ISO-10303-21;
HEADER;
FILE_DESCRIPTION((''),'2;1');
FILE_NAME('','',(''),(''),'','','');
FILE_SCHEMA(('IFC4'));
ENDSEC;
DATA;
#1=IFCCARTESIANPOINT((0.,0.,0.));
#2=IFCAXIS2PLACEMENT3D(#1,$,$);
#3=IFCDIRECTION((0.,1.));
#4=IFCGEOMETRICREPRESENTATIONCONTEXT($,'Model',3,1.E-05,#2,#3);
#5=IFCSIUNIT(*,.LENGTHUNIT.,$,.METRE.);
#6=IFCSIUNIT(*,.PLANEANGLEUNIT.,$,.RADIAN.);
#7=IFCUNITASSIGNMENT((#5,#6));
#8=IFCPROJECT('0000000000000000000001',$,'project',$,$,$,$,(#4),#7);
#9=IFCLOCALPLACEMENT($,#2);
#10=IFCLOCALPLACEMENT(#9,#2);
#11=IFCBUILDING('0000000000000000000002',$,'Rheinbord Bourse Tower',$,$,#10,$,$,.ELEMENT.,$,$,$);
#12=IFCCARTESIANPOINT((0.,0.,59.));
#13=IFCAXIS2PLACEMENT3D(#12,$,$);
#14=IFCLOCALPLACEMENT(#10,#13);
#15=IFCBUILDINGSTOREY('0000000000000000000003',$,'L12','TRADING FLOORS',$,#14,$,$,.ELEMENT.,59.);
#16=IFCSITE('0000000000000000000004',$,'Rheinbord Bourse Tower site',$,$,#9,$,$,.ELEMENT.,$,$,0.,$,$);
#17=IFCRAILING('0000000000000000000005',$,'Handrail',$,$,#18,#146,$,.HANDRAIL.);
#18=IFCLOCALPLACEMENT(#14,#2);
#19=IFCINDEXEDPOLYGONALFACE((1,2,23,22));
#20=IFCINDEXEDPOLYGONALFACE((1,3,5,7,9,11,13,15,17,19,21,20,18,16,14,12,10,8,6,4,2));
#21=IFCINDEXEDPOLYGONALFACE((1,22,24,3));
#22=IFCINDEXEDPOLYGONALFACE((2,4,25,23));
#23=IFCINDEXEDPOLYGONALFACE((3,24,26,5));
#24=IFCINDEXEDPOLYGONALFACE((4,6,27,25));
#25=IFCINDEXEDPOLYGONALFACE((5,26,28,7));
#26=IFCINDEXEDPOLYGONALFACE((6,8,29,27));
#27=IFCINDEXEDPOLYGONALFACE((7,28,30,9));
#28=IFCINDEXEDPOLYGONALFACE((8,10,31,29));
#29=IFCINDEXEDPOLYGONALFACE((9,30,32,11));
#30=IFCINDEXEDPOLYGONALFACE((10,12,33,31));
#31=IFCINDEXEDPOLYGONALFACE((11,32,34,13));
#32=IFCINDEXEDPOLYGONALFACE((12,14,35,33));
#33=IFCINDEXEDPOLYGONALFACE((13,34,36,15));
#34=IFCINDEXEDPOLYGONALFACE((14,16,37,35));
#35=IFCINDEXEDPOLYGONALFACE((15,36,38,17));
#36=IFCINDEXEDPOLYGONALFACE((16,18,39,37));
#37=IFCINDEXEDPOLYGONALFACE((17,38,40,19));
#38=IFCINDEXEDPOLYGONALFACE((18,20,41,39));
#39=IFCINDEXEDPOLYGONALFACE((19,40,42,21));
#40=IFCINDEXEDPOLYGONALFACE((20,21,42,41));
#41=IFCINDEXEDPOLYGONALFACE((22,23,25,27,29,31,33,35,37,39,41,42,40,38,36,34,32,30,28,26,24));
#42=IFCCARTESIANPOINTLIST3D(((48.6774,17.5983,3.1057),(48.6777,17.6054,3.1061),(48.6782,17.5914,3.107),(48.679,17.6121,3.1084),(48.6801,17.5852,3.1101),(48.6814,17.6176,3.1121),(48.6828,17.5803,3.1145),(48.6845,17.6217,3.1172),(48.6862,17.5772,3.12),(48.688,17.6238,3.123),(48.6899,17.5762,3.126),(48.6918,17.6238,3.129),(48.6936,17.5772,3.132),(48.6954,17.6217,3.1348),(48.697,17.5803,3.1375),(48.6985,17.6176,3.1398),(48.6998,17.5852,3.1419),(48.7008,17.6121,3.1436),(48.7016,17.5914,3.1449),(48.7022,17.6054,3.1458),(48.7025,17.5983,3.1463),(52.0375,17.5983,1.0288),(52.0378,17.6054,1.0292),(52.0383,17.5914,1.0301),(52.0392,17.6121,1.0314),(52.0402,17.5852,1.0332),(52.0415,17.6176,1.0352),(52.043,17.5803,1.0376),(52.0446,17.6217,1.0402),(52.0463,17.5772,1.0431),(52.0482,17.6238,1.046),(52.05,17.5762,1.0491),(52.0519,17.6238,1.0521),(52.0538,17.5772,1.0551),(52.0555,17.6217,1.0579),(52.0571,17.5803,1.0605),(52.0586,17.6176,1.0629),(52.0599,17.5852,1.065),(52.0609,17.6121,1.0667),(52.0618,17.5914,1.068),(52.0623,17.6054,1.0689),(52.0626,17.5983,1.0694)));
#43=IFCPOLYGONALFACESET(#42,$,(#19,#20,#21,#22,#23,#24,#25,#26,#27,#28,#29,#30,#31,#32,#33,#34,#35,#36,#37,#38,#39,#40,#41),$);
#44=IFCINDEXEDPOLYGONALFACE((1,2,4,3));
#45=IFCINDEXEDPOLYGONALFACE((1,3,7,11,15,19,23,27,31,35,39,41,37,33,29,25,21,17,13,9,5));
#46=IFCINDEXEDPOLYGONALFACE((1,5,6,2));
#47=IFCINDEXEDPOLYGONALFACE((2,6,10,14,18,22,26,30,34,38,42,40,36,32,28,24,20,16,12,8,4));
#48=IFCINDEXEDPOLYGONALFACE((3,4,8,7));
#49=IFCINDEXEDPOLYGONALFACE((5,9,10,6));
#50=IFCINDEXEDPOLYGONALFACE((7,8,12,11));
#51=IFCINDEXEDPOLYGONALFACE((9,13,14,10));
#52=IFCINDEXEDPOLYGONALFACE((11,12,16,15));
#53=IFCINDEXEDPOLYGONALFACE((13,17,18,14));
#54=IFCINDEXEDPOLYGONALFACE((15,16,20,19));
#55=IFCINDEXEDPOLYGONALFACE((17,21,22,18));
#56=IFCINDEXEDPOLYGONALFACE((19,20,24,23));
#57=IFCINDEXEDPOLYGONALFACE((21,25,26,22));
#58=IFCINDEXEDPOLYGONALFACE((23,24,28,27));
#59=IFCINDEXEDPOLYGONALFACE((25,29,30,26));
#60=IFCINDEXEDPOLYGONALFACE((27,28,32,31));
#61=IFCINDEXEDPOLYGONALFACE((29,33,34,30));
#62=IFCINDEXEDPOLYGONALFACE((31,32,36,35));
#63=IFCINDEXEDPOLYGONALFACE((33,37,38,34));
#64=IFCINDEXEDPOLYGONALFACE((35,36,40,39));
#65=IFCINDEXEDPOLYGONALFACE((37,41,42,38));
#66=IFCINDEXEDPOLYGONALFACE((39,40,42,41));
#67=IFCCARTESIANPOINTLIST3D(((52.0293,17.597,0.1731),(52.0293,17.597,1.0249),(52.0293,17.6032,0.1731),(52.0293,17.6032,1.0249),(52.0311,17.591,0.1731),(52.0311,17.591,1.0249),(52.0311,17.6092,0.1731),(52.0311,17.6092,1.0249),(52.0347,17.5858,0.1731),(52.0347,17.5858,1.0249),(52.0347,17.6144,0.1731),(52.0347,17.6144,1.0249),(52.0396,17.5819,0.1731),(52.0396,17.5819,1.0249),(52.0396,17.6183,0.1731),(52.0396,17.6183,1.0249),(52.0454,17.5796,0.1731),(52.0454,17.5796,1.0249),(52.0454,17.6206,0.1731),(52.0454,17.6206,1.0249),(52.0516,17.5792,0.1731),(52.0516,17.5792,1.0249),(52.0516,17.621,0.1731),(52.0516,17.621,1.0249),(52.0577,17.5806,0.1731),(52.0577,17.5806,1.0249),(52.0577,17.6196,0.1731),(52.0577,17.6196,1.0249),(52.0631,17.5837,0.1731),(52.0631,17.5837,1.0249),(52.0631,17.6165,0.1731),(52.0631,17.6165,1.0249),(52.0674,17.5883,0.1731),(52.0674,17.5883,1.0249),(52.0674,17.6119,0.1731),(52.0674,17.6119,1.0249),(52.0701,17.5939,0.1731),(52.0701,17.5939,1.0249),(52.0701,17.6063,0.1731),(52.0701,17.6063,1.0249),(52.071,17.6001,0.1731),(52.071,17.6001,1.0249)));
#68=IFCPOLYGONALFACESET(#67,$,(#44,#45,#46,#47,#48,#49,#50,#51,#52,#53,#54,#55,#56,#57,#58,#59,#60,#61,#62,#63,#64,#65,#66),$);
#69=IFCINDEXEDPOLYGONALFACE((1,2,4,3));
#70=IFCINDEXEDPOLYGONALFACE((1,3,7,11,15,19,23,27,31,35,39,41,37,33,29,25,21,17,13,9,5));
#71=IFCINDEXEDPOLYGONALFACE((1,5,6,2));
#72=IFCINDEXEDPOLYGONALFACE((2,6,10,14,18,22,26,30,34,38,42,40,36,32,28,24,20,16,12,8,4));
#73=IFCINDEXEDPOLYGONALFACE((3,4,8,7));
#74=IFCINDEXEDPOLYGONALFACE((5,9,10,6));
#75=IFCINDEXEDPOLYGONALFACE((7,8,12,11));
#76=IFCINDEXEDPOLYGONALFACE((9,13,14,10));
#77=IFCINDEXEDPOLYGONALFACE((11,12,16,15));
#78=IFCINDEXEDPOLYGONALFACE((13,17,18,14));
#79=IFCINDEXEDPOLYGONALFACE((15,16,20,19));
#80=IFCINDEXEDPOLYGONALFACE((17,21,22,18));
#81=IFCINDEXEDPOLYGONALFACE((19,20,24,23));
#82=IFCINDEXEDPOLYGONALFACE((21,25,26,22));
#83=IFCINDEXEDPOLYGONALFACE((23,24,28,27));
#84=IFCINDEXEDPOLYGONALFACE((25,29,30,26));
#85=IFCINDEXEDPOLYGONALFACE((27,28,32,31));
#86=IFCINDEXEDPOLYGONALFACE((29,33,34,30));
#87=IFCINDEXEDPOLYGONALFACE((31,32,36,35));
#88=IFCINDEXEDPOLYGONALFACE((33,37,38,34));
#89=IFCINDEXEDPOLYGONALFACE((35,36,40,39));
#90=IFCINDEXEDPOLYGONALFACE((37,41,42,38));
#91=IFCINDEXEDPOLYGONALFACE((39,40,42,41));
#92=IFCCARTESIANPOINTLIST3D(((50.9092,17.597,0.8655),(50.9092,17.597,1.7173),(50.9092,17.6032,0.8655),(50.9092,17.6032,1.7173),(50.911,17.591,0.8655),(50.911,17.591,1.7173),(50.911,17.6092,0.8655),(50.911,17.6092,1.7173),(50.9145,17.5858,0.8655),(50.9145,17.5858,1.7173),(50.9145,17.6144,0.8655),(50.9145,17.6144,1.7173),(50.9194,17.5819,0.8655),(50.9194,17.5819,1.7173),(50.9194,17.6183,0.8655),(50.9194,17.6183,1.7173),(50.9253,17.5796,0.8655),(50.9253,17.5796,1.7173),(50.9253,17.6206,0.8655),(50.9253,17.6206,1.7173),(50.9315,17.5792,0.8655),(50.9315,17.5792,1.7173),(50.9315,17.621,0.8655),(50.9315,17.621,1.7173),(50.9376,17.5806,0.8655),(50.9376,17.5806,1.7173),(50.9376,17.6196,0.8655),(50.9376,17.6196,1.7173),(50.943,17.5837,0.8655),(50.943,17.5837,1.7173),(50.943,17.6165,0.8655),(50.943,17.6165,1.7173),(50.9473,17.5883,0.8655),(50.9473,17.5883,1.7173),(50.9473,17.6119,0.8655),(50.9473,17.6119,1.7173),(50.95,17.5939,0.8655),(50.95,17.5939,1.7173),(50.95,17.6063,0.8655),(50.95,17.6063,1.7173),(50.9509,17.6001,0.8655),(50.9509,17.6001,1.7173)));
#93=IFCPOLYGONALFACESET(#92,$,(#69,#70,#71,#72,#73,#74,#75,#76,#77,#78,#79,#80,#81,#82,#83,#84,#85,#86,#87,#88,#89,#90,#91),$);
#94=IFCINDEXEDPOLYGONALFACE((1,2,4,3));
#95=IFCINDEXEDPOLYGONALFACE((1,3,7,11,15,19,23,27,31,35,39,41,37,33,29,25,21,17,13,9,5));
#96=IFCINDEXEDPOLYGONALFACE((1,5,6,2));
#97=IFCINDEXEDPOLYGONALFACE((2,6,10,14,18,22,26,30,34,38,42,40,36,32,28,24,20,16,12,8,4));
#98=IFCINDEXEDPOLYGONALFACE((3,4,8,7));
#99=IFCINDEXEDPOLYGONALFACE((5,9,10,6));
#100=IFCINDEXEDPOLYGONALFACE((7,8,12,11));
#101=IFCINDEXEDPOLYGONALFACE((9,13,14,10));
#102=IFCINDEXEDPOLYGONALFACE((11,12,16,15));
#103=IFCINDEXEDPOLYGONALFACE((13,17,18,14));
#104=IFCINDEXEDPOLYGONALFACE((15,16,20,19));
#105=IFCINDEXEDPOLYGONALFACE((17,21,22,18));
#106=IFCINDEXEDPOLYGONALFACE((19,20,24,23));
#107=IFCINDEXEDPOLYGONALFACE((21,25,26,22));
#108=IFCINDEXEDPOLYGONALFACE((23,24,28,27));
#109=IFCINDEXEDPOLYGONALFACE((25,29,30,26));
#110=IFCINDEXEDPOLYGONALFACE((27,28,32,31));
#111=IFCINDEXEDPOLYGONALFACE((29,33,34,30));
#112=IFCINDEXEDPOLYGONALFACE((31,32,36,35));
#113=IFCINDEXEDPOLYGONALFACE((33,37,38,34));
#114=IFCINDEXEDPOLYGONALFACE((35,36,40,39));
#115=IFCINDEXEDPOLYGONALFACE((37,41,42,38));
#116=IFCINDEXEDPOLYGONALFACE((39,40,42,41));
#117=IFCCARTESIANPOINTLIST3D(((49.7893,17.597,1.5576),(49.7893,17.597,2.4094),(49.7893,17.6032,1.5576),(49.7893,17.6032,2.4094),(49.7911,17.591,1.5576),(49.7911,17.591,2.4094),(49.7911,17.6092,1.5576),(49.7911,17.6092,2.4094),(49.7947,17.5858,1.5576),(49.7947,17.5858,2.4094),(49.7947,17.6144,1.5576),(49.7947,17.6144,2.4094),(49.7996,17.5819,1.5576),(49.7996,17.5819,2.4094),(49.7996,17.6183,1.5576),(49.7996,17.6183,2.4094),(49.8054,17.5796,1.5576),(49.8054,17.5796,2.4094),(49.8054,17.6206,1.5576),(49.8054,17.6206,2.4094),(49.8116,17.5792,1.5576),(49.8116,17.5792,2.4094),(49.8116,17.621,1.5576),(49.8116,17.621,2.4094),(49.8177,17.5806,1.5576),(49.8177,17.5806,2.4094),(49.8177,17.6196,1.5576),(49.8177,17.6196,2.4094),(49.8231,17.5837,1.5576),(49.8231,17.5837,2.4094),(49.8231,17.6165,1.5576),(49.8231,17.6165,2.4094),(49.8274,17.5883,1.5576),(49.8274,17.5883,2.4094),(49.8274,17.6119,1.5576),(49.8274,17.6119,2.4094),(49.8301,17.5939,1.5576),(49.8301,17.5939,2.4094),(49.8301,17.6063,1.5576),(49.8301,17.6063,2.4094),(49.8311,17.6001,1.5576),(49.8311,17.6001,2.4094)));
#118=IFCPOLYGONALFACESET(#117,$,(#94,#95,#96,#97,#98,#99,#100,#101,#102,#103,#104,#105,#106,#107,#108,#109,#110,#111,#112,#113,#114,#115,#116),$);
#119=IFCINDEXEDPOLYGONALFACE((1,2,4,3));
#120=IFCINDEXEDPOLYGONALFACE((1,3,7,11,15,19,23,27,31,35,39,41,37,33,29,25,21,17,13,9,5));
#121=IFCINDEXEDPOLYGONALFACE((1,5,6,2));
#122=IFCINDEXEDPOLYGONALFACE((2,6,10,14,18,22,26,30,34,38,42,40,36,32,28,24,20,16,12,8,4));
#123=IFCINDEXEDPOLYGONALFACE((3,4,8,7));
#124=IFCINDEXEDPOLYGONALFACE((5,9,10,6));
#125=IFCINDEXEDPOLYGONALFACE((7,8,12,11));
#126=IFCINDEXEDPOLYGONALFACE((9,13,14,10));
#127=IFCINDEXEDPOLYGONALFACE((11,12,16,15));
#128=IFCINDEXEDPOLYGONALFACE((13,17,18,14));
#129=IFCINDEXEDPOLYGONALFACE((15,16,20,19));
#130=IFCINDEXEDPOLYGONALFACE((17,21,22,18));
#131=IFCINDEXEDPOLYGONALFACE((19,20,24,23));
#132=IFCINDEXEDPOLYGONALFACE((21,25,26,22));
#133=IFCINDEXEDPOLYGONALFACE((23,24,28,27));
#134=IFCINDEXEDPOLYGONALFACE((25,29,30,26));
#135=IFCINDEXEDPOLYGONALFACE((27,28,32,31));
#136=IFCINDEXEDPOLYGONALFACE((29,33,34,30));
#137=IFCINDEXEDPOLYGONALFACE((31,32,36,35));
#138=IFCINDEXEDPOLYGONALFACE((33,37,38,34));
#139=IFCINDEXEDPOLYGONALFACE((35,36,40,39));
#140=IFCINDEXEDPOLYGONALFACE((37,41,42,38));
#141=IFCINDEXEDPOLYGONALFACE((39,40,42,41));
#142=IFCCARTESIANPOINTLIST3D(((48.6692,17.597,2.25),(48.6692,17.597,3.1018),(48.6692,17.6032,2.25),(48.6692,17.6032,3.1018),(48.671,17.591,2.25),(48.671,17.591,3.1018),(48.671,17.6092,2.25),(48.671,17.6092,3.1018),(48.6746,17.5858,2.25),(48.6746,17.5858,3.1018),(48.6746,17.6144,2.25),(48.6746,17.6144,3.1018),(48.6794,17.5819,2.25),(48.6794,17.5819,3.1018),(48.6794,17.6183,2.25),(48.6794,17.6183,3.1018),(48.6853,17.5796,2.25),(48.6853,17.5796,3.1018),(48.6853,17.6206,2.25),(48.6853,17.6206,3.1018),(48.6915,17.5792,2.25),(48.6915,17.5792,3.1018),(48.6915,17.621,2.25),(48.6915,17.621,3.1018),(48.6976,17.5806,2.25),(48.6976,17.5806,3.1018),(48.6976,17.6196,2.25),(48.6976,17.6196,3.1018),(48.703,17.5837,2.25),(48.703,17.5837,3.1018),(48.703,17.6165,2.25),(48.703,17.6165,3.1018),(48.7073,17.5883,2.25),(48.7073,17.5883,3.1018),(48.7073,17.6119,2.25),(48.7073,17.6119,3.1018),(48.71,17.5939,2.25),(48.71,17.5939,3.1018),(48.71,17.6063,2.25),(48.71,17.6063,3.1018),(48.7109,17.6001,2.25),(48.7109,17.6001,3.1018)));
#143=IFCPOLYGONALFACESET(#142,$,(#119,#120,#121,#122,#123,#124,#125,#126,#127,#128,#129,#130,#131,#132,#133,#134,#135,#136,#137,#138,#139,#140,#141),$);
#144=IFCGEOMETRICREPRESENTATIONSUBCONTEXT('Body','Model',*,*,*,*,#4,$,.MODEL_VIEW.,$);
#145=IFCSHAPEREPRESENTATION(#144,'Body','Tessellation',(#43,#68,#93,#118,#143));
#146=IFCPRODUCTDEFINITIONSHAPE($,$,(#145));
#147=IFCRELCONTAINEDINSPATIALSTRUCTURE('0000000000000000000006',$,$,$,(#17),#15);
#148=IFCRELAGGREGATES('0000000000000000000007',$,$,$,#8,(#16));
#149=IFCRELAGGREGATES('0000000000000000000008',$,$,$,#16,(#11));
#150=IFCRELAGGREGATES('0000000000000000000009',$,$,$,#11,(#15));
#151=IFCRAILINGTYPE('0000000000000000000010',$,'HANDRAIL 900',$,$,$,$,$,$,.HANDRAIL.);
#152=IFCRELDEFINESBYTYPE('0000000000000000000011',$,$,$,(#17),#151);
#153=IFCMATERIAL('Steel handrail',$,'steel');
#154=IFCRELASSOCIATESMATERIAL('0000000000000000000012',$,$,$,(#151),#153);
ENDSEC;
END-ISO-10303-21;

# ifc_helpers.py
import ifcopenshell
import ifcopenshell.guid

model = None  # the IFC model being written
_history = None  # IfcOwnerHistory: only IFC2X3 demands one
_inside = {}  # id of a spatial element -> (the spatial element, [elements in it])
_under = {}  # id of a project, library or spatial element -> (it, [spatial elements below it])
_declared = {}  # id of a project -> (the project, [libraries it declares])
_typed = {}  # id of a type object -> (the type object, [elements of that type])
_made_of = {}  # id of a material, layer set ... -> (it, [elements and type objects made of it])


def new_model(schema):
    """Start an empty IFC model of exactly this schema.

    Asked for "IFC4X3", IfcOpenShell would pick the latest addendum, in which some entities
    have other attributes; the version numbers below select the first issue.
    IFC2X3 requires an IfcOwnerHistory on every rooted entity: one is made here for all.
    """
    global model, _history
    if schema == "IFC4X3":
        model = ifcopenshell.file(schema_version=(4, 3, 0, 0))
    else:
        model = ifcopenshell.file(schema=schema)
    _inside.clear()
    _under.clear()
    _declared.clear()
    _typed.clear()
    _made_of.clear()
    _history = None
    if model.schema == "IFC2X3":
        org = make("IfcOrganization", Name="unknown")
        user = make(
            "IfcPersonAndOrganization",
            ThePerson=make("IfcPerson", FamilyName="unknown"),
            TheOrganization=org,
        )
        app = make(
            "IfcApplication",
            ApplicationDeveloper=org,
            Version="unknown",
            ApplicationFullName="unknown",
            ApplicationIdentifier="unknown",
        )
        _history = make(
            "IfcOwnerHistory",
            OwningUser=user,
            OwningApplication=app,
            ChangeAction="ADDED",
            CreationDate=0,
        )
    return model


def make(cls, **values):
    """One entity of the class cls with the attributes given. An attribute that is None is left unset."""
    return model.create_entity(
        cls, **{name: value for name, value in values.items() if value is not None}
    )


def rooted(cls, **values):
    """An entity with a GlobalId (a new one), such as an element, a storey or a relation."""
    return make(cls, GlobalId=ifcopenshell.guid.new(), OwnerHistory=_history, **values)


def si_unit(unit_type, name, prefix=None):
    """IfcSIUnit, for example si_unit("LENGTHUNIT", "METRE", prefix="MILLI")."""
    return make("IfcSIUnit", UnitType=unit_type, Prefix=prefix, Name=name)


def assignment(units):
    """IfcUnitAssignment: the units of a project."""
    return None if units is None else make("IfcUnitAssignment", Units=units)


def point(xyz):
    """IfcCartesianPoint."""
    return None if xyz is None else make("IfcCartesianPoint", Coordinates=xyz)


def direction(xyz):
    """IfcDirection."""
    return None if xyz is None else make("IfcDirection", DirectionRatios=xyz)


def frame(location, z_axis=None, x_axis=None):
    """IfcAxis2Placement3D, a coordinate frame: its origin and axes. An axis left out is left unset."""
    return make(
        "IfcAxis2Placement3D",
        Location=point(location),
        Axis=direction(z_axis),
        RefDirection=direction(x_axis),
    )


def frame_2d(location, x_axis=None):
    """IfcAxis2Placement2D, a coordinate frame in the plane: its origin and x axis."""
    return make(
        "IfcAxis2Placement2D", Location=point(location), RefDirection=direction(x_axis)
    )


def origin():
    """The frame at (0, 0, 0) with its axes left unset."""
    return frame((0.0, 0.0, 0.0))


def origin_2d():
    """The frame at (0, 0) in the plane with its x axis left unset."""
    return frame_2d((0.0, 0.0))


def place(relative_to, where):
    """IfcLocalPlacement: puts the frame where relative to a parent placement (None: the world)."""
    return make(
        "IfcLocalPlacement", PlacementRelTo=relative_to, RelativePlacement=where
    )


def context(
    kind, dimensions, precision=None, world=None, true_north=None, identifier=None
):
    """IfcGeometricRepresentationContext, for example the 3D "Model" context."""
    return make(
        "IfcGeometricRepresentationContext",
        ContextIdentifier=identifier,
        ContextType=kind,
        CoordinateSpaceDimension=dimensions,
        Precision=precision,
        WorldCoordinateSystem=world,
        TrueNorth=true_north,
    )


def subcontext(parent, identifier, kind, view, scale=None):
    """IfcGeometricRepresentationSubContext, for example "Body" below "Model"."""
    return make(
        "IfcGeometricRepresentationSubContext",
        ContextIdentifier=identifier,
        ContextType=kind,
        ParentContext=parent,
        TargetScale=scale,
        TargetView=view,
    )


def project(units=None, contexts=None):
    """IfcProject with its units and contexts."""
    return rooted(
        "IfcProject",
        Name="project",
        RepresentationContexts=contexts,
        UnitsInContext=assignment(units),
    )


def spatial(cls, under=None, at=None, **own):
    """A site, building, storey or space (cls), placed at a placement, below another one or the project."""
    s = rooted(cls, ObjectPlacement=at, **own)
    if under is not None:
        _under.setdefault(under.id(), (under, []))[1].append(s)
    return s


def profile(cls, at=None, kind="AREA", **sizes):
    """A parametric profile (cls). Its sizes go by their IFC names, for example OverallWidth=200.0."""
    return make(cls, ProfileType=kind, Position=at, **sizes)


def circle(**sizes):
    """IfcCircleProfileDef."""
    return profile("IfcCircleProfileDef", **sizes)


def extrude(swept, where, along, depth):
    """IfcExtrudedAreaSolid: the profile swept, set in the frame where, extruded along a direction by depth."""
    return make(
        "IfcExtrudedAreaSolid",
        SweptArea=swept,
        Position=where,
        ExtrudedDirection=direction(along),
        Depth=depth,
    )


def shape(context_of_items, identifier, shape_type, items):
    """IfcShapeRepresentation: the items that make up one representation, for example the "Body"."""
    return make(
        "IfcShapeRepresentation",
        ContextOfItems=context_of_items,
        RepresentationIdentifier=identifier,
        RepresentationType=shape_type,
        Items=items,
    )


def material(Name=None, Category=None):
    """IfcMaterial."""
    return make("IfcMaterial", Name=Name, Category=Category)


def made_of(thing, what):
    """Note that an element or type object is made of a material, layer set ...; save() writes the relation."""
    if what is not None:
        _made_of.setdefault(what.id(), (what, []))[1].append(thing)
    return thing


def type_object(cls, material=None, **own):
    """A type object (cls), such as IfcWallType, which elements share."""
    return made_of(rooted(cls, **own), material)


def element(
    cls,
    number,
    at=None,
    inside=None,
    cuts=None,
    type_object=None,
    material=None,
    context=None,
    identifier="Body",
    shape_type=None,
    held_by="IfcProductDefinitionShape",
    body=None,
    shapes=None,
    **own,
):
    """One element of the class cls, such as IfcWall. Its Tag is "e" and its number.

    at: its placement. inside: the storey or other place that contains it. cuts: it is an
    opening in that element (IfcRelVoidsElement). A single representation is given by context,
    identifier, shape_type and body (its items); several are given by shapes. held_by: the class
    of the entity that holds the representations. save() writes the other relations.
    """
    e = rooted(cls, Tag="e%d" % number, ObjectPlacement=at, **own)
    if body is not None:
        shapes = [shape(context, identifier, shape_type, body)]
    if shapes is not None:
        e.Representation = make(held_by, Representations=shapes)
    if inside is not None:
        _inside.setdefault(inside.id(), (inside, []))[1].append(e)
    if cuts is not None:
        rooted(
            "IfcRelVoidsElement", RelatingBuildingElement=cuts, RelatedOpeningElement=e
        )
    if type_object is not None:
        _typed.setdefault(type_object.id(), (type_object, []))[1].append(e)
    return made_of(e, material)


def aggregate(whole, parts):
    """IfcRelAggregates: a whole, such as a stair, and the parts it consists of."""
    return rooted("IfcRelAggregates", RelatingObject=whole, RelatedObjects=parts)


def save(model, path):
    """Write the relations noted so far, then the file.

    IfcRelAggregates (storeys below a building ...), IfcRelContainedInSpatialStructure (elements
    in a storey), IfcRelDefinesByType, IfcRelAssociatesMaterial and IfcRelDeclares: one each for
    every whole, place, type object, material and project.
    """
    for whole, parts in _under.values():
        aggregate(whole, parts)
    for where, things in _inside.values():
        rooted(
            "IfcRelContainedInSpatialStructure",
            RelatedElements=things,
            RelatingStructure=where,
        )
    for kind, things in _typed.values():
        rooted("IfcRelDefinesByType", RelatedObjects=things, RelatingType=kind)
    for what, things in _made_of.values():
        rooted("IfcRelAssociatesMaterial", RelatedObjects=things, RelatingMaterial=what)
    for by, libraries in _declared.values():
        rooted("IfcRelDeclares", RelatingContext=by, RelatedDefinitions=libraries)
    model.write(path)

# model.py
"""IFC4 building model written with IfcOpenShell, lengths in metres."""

from ifc_helpers import new_model, si_unit, direction, frame, origin, origin_2d, place, context, subcontext, project, spatial, circle, extrude, material, type_object, element, save


model = new_model("IFC4")

# Units and contexts
model_context = context("Model", 3, precision=1e-05, world=origin(), true_north=direction((0.0, 1.0)))
body_context = subcontext(model_context, "Body", "Model", "MODEL_VIEW")
ifc_project = project(units=[si_unit("LENGTHUNIT", "METRE"), si_unit("PLANEANGLEUNIT", "RADIAN")], contexts=[model_context])

# Site, building, storey
site_placement = place(None, origin())
site = spatial("IfcSite", under=ifc_project, at=site_placement, Name="Rheinbord Bourse Tower site", CompositionType="ELEMENT", RefElevation=0.0)
building_placement = place(site_placement, origin())
building = spatial("IfcBuilding", under=site, at=building_placement, Name="Rheinbord Bourse Tower", CompositionType="ELEMENT")
storey_placement = place(building_placement, frame((0.0, 0.0, 59.0)))
storey = spatial("IfcBuildingStorey", under=building, at=storey_placement, Name="L12", Description="TRADING FLOORS", CompositionType="ELEMENT", Elevation=59.0)

# Railing
ifc_material_1 = material(Name="Steel handrail", Category="steel")
railing_type = type_object("IfcRailingType", Name="HANDRAIL 900", PredefinedType="HANDRAIL", material=ifc_material_1)
railing_1_placement = place(storey_placement, frame((52.05, 17.6001, 0.1731)))
element("IfcRailing", 1, at=railing_1_placement, inside=storey, type_object=railing_type, Name="Handrail", PredefinedType="HANDRAIL", context=body_context, shape_type="SweptSolid", body=[
    extrude(circle(Radius=0.0239, at=origin_2d()), frame((0.0, 0.0, 0.876), z_axis=(-0.850623, 0.0, 0.525776), x_axis=(0.0, -1.0, 0.0)), (0.0, 0.0, 1.0), 3.9502),
    extrude(circle(Radius=0.021, at=origin_2d()), origin(), (0.0, 0.0, 1.0), 0.8518),
    extrude(circle(Radius=0.021, at=origin_2d()), frame((-1.1201, 0.0, 0.6924)), (0.0, 0.0, 1.0), 0.8518),
    extrude(circle(Radius=0.021, at=origin_2d()), frame((-2.24, 0.0, 1.3845)), (0.0, 0.0, 1.0), 0.8518),
    extrude(circle(Radius=0.021, at=origin_2d()), frame((-3.3601, 0.0, 2.0769)), (0.0, 0.0, 1.0), 0.8518),
])

save(model, "model.ifc")
